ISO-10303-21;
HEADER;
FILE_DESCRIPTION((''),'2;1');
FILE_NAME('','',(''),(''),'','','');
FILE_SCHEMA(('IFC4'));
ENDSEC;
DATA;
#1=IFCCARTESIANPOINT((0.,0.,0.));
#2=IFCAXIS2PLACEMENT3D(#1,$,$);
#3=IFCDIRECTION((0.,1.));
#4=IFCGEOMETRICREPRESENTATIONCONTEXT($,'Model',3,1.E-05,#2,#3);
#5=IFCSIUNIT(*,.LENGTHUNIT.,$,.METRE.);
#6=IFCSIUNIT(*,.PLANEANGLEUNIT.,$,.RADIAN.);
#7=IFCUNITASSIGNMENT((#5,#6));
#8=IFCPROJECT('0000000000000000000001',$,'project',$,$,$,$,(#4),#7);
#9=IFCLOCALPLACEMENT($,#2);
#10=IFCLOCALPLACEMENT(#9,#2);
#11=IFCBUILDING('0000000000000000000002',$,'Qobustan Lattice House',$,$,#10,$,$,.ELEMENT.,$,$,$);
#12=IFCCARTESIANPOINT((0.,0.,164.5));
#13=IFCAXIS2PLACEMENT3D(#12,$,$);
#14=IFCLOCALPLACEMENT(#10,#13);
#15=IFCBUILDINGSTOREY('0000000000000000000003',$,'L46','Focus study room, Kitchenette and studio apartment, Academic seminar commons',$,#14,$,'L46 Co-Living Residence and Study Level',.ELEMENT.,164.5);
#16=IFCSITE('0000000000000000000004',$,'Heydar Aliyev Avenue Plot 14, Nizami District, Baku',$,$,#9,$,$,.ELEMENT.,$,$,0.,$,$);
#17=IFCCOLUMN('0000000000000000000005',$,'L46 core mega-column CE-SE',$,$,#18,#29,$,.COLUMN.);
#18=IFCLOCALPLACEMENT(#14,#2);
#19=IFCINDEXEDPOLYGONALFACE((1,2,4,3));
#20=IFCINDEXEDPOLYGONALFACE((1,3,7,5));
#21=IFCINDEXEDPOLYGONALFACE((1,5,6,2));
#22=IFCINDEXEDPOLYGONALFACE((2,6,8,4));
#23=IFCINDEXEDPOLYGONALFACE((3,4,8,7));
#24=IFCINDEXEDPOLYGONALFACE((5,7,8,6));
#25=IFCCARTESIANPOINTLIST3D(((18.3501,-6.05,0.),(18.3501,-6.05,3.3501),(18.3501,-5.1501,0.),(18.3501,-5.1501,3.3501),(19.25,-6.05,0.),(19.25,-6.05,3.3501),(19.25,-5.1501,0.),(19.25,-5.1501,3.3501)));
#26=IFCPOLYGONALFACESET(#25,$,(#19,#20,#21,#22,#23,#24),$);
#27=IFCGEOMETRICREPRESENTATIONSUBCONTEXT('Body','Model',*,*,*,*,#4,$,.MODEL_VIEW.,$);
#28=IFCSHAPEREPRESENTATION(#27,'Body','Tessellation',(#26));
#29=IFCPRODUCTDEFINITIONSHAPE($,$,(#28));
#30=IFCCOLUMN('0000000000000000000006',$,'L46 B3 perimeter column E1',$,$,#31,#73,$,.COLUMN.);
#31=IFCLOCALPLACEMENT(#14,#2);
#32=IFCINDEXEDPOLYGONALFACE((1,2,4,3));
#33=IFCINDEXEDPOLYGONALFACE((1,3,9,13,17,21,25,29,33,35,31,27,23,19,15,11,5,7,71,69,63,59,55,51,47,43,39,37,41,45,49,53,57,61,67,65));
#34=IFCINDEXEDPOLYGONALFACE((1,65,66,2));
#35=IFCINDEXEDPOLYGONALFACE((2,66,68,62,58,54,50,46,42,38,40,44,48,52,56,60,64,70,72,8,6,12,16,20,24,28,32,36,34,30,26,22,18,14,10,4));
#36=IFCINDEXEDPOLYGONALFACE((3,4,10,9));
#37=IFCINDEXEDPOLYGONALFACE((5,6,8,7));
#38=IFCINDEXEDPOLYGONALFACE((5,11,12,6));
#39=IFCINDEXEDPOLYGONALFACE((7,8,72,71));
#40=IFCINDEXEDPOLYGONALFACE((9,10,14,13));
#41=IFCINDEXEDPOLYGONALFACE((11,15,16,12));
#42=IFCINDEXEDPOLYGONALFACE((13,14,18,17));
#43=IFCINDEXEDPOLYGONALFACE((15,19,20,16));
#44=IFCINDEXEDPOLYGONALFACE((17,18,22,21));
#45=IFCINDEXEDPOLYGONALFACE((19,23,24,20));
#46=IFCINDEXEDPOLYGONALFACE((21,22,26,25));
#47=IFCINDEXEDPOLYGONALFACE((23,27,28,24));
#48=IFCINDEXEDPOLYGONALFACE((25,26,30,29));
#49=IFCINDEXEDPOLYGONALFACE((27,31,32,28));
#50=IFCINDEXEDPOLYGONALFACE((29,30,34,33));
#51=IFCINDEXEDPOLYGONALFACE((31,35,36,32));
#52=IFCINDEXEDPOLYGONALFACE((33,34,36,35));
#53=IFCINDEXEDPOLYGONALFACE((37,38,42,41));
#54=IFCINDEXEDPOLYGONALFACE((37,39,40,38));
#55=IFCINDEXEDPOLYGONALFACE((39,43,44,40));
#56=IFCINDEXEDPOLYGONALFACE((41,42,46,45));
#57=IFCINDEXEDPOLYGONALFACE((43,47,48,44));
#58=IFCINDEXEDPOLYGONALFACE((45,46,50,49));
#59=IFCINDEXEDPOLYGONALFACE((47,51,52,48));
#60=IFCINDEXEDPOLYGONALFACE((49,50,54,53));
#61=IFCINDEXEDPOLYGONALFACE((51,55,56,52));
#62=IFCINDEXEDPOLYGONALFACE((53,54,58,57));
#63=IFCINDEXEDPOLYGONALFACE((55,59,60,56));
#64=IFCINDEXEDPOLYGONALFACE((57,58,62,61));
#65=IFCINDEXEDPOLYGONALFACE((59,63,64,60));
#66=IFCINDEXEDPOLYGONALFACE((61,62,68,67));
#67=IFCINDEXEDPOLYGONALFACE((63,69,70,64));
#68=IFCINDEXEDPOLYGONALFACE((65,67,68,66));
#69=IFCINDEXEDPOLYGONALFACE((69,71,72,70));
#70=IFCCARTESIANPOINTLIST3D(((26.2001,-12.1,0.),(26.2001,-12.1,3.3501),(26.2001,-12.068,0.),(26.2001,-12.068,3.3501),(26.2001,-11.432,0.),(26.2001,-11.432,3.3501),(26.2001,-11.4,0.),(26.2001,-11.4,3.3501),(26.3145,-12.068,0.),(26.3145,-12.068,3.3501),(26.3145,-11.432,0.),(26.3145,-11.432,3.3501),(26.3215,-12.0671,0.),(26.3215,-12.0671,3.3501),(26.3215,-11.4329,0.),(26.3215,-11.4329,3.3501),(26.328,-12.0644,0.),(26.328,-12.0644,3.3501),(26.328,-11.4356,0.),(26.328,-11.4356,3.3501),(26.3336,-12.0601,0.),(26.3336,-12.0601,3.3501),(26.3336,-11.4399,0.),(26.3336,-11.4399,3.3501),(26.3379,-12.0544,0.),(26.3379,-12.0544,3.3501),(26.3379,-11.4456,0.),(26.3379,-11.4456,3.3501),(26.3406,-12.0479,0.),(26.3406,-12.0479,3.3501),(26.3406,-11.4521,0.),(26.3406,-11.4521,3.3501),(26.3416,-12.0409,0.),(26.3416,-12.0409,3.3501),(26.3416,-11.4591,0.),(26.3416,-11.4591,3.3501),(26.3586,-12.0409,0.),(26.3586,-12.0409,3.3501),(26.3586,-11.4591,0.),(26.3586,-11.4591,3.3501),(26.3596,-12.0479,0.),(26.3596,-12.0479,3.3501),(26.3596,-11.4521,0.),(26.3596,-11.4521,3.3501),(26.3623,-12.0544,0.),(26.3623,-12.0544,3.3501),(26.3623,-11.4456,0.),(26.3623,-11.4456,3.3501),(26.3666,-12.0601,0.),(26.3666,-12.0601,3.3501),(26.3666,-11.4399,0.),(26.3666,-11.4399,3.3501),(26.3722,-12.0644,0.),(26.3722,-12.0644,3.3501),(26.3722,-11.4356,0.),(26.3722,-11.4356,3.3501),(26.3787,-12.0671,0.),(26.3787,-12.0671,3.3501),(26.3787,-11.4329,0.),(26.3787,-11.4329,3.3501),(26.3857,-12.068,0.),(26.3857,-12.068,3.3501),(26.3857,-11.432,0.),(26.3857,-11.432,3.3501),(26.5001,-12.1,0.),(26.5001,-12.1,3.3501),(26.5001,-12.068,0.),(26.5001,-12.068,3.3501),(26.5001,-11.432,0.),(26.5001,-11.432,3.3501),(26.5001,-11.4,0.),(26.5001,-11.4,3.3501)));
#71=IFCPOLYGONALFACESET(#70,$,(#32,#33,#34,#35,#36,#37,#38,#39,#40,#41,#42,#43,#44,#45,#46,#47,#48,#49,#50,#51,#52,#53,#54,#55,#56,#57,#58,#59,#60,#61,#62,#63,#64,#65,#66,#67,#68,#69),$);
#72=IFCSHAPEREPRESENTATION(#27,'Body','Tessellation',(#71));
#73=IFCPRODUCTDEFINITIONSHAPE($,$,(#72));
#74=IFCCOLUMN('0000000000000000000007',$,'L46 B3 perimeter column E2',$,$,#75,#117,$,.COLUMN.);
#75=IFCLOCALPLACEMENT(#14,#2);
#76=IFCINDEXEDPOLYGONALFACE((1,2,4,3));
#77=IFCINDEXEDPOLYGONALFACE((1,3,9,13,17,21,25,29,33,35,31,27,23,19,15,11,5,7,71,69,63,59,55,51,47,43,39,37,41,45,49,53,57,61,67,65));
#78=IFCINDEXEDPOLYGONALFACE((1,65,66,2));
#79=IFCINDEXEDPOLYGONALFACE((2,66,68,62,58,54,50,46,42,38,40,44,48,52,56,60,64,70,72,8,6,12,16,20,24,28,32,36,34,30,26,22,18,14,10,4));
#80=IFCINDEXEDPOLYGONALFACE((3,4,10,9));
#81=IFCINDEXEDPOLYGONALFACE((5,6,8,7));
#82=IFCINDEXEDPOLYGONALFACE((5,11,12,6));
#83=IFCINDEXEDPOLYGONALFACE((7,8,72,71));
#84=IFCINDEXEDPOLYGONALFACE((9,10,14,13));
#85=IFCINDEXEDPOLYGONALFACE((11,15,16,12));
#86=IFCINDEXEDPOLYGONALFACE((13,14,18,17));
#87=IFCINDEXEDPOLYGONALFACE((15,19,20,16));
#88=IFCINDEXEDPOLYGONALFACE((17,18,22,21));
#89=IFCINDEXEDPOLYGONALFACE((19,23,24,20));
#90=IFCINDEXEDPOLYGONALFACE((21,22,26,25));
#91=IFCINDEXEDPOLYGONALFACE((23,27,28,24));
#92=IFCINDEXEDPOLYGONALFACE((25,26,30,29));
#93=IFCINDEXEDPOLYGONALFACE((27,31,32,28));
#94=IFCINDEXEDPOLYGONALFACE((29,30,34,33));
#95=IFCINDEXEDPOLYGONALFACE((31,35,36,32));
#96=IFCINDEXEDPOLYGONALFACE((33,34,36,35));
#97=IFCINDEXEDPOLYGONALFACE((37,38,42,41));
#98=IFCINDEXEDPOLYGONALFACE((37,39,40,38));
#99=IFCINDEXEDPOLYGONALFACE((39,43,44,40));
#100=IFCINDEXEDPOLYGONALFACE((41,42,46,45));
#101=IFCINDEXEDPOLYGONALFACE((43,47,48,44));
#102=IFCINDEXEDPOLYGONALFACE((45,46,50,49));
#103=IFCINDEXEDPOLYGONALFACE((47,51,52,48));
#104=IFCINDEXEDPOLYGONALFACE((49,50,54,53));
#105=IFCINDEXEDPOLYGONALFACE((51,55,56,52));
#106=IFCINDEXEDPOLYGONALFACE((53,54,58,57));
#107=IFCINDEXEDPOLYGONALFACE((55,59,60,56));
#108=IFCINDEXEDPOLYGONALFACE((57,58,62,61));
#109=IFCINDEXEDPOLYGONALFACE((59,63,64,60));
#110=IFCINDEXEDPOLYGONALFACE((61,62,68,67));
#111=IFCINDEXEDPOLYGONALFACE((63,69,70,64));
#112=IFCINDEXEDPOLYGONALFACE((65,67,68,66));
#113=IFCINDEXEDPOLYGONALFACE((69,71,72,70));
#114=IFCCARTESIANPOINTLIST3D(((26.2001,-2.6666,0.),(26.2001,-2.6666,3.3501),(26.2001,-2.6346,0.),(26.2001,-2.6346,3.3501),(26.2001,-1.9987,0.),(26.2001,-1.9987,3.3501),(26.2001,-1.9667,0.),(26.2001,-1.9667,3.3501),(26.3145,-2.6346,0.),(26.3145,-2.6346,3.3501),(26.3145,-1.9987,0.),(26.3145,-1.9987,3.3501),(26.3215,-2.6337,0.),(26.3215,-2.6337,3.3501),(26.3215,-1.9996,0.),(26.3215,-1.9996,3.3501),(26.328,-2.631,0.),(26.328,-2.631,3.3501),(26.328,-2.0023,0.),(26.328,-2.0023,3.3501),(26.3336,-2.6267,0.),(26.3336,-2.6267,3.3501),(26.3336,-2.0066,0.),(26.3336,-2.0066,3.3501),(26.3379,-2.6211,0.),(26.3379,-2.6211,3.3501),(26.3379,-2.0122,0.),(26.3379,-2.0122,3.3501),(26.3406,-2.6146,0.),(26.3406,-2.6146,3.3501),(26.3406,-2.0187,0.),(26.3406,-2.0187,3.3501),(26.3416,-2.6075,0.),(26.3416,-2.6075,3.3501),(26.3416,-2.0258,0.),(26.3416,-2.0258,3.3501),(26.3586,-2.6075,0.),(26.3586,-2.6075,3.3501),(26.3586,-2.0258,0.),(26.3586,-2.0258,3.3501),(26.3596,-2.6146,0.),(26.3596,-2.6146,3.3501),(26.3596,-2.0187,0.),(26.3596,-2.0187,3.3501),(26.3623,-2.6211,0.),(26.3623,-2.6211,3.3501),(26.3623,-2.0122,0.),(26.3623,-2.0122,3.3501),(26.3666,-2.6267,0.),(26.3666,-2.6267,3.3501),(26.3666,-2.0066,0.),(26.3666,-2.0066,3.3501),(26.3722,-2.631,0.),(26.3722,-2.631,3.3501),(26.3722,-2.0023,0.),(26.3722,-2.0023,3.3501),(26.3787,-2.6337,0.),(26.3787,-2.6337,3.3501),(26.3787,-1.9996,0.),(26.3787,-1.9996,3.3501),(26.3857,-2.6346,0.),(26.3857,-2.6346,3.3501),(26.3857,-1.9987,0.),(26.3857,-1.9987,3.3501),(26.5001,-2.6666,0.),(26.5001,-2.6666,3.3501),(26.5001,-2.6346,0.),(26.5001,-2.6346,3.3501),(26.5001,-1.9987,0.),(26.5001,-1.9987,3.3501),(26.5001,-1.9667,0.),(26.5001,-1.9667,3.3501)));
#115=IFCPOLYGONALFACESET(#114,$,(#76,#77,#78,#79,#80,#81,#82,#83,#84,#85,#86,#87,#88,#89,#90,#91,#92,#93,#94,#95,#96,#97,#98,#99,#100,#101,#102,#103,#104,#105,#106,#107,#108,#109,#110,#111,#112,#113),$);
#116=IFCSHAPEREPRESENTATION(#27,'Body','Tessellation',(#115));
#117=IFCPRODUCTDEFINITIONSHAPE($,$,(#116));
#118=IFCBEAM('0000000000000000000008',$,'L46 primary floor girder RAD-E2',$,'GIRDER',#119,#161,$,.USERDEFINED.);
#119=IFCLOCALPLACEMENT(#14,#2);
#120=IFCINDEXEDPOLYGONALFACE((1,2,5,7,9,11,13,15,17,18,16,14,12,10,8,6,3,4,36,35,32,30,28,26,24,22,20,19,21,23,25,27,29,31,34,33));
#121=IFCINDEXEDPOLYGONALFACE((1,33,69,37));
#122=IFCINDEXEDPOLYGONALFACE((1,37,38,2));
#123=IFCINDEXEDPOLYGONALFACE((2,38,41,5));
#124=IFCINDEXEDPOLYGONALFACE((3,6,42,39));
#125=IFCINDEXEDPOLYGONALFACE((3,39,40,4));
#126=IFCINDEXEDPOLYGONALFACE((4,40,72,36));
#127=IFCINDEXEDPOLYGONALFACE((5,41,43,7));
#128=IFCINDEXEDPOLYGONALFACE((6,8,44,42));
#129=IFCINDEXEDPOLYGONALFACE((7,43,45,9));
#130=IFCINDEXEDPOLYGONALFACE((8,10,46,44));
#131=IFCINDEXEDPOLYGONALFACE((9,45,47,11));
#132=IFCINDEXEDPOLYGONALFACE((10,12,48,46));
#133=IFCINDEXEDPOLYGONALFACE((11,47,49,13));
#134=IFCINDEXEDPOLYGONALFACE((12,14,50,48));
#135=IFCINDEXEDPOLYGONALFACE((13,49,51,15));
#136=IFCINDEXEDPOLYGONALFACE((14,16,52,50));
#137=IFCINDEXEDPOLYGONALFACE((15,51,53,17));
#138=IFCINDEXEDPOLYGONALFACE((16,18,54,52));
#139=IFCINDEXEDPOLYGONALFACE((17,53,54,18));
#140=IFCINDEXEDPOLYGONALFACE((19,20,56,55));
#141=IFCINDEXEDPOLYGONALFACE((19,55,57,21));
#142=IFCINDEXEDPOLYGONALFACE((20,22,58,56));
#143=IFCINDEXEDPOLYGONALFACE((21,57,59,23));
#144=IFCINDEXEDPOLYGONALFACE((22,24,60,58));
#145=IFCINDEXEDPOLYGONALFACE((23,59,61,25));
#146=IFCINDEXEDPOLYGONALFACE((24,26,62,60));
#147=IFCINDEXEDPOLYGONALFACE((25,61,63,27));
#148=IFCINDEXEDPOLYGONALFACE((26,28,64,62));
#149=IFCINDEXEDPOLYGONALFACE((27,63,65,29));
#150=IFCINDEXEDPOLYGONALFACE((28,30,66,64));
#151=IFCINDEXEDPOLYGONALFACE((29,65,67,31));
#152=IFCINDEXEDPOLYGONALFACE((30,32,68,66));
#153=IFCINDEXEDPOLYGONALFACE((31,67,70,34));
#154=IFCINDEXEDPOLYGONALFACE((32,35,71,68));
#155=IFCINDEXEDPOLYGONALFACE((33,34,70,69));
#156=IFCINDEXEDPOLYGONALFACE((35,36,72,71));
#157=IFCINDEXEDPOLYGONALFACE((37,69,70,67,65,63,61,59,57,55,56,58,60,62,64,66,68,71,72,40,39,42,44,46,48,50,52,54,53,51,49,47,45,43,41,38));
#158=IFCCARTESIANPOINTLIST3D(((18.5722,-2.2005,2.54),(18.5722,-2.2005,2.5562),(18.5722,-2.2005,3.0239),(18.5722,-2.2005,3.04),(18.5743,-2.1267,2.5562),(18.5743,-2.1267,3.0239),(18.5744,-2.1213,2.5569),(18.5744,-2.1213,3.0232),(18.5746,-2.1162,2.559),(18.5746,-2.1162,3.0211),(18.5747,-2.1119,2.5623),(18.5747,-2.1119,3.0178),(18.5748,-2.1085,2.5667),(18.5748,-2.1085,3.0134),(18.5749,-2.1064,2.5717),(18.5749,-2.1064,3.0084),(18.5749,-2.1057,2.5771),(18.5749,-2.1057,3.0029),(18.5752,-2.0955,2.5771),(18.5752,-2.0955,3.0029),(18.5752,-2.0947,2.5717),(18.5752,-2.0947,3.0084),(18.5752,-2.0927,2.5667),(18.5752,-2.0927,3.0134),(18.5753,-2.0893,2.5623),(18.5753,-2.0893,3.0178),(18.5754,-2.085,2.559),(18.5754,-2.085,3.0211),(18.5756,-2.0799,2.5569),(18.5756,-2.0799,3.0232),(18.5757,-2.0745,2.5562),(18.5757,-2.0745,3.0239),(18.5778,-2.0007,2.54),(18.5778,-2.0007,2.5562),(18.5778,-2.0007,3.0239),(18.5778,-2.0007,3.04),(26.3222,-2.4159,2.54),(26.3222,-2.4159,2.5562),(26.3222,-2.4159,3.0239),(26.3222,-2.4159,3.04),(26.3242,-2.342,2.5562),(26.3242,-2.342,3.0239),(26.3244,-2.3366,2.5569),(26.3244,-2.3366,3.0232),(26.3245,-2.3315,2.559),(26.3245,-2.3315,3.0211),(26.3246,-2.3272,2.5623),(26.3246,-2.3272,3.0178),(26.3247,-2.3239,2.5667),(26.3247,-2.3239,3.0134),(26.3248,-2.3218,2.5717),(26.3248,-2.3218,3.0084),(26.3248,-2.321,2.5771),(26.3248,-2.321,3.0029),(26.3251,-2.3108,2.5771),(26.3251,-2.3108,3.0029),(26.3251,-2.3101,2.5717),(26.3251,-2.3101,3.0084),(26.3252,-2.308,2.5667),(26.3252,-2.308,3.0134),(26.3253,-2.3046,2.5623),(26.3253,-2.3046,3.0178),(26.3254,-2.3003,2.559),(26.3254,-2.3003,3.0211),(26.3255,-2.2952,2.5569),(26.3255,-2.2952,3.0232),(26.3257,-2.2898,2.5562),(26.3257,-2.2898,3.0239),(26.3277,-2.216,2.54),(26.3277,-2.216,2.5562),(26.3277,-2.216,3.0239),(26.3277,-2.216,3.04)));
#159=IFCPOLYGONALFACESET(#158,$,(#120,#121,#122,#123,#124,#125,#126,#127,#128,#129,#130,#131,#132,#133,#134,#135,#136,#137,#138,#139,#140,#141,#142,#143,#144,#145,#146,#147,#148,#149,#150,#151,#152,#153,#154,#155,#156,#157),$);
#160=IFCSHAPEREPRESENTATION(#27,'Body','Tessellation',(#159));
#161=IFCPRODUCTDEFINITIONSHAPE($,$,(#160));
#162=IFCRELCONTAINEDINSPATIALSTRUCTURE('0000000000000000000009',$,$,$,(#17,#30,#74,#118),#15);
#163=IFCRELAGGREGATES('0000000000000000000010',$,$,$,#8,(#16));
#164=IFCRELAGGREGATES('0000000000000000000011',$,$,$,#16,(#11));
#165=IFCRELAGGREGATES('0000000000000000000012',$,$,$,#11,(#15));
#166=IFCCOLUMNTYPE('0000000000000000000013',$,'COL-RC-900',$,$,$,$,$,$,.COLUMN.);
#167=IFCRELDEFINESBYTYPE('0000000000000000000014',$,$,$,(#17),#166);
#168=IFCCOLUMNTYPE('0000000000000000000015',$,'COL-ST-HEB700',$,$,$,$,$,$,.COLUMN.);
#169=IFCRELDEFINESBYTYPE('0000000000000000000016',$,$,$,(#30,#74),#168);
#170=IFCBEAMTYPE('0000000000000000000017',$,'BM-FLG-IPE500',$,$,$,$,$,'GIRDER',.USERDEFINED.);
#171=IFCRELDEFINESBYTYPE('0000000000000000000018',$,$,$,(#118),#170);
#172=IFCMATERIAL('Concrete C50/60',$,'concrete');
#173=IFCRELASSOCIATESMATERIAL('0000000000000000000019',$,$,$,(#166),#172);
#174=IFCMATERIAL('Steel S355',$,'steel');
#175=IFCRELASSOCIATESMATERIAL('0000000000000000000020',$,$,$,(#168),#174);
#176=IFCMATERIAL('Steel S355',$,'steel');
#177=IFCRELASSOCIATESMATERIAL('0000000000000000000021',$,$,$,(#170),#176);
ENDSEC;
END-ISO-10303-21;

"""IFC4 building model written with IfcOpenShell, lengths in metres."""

from ifc_helpers import new_model, si_unit, direction, frame, origin, origin_2d, place, context, subcontext, project, spatial, rectangle, i_section, extrude, material, material_profile, profile_set, type_object, element, save


model = new_model("IFC4")

# Units and contexts
model_context = context("Model", 3, precision=1e-05, world=origin(), true_north=direction((0.0, 1.0)))
body_context = subcontext(model_context, "Body", "Model", "MODEL_VIEW")
ifc_project = project(units=[si_unit("LENGTHUNIT", "METRE"), si_unit("PLANEANGLEUNIT", "RADIAN")], contexts=[model_context])

# Site, building, storey
site_placement = place(None, origin())
site = spatial("IfcSite", under=ifc_project, at=site_placement, Name="Heydar Aliyev Avenue Plot 14, Nizami District, Baku", CompositionType="ELEMENT", RefElevation=0.0)
building_placement = place(site_placement, origin())
building = spatial("IfcBuilding", under=site, at=building_placement, Name="Qobustan Lattice House", CompositionType="ELEMENT")
storey_placement = place(building_placement, frame((0.0, 0.0, 164.5)))
storey = spatial("IfcBuildingStorey", under=building, at=storey_placement, Name="L46", Description="Focus study room, Kitchenette and studio apartment, Academic seminar commons", LongName="L46 Co-Living Residence and Study Level", CompositionType="ELEMENT", Elevation=164.5)

# Columns
ifc_material_1 = material(Name="Concrete C50/60", Category="concrete")
ifc_material_profile_1 = material_profile(ifc_material_1, rectangle(XDim=0.8999, YDim=0.8999, at=origin_2d()), Name="RC900x900")
ifc_profile_set_1 = profile_set([ifc_material_profile_1], Name="Concrete C50/60")
column_type_1 = type_object("IfcColumnType", Name="COL-RC-900", PredefinedType="COLUMN", material=ifc_profile_set_1)
column_placement = place(storey_placement, frame((18.8, -5.6001, 0.0), z_axis=(0.0, 0.0, 1.0), x_axis=(1.0, 0.0, 0.0)))
element("IfcColumn", 1, at=column_placement, inside=storey, type_object=column_type_1, Name="L46 core mega-column CE-SE", PredefinedType="COLUMN", context=body_context, shape_type="SweptSolid", body=[
    extrude(rectangle(XDim=0.8999, YDim=0.8999, at=origin_2d()), origin(), (0.0, 0.0, 1.0), 3.3501),
])
ifc_material_2 = material(Name="Steel S355", Category="steel")
ifc_material_profile_2 = material_profile(ifc_material_2, i_section(OverallWidth=0.3, OverallDepth=0.7, WebThickness=0.0171, FlangeThickness=0.032, FilletRadius=0.0271, at=origin_2d()), Name="HEB700")
ifc_profile_set_2 = profile_set([ifc_material_profile_2], Name="Steel S355")
column_type_2 = type_object("IfcColumnType", Name="COL-ST-HEB700", PredefinedType="COLUMN", material=ifc_profile_set_2)
for number, where, z_axis, x_axis, name in (
    (2, (26.3501, -11.75, 0.0), (0.0, 0.0, 1.0), (1.0, 0.0, 0.0), "L46 B3 perimeter column E1"),
    (3, (26.3501, -2.3167, 0.0), (0.0, 0.0, 1.0), (1.0, 0.0, 0.0), "L46 B3 perimeter column E2"),
):
    element("IfcColumn", number, at=place(storey_placement, frame(where, z_axis=z_axis, x_axis=x_axis)), inside=storey, type_object=column_type_2, Name=name, PredefinedType="COLUMN", context=body_context, shape_type="SweptSolid", body=[
        extrude(i_section(OverallWidth=0.3, OverallDepth=0.7, WebThickness=0.0171, FlangeThickness=0.032, FilletRadius=0.0271, at=origin_2d()), origin(), (0.0, 0.0, 1.0), 3.3501),
    ])

# Beam
ifc_material_3 = material(Name="Steel S355", Category="steel")
ifc_material_profile_3 = material_profile(ifc_material_3, i_section(OverallWidth=0.2, OverallDepth=0.5, WebThickness=0.0103, FlangeThickness=0.0161, FilletRadius=0.021, at=origin_2d()), Name="IPE500")
ifc_profile_set_3 = profile_set([ifc_material_profile_3], Name="Steel S355")
beam_type_1 = type_object("IfcBeamType", Name="BM-FLG-IPE500", ElementType="GIRDER", PredefinedType="USERDEFINED", material=ifc_profile_set_3)
beam_1_placement = place(storey_placement, frame((26.325, -2.3159, 2.79), z_axis=(-0.999614, 0.027774, 0.0), x_axis=(-0.027774, -0.999614, 0.0)))
element("IfcBeam", 4, at=beam_1_placement, inside=storey, type_object=beam_type_1, Name="L46 primary floor girder RAD-E2", ObjectType="GIRDER", PredefinedType="USERDEFINED", context=body_context, shape_type="SweptSolid", body=[
    extrude(i_section(OverallWidth=0.2, OverallDepth=0.5, WebThickness=0.0103, FlangeThickness=0.0161, FilletRadius=0.021, at=origin_2d()), origin(), (0.0, 0.0, 1.0), 7.7529),
])

save(model, "model.ifc")
